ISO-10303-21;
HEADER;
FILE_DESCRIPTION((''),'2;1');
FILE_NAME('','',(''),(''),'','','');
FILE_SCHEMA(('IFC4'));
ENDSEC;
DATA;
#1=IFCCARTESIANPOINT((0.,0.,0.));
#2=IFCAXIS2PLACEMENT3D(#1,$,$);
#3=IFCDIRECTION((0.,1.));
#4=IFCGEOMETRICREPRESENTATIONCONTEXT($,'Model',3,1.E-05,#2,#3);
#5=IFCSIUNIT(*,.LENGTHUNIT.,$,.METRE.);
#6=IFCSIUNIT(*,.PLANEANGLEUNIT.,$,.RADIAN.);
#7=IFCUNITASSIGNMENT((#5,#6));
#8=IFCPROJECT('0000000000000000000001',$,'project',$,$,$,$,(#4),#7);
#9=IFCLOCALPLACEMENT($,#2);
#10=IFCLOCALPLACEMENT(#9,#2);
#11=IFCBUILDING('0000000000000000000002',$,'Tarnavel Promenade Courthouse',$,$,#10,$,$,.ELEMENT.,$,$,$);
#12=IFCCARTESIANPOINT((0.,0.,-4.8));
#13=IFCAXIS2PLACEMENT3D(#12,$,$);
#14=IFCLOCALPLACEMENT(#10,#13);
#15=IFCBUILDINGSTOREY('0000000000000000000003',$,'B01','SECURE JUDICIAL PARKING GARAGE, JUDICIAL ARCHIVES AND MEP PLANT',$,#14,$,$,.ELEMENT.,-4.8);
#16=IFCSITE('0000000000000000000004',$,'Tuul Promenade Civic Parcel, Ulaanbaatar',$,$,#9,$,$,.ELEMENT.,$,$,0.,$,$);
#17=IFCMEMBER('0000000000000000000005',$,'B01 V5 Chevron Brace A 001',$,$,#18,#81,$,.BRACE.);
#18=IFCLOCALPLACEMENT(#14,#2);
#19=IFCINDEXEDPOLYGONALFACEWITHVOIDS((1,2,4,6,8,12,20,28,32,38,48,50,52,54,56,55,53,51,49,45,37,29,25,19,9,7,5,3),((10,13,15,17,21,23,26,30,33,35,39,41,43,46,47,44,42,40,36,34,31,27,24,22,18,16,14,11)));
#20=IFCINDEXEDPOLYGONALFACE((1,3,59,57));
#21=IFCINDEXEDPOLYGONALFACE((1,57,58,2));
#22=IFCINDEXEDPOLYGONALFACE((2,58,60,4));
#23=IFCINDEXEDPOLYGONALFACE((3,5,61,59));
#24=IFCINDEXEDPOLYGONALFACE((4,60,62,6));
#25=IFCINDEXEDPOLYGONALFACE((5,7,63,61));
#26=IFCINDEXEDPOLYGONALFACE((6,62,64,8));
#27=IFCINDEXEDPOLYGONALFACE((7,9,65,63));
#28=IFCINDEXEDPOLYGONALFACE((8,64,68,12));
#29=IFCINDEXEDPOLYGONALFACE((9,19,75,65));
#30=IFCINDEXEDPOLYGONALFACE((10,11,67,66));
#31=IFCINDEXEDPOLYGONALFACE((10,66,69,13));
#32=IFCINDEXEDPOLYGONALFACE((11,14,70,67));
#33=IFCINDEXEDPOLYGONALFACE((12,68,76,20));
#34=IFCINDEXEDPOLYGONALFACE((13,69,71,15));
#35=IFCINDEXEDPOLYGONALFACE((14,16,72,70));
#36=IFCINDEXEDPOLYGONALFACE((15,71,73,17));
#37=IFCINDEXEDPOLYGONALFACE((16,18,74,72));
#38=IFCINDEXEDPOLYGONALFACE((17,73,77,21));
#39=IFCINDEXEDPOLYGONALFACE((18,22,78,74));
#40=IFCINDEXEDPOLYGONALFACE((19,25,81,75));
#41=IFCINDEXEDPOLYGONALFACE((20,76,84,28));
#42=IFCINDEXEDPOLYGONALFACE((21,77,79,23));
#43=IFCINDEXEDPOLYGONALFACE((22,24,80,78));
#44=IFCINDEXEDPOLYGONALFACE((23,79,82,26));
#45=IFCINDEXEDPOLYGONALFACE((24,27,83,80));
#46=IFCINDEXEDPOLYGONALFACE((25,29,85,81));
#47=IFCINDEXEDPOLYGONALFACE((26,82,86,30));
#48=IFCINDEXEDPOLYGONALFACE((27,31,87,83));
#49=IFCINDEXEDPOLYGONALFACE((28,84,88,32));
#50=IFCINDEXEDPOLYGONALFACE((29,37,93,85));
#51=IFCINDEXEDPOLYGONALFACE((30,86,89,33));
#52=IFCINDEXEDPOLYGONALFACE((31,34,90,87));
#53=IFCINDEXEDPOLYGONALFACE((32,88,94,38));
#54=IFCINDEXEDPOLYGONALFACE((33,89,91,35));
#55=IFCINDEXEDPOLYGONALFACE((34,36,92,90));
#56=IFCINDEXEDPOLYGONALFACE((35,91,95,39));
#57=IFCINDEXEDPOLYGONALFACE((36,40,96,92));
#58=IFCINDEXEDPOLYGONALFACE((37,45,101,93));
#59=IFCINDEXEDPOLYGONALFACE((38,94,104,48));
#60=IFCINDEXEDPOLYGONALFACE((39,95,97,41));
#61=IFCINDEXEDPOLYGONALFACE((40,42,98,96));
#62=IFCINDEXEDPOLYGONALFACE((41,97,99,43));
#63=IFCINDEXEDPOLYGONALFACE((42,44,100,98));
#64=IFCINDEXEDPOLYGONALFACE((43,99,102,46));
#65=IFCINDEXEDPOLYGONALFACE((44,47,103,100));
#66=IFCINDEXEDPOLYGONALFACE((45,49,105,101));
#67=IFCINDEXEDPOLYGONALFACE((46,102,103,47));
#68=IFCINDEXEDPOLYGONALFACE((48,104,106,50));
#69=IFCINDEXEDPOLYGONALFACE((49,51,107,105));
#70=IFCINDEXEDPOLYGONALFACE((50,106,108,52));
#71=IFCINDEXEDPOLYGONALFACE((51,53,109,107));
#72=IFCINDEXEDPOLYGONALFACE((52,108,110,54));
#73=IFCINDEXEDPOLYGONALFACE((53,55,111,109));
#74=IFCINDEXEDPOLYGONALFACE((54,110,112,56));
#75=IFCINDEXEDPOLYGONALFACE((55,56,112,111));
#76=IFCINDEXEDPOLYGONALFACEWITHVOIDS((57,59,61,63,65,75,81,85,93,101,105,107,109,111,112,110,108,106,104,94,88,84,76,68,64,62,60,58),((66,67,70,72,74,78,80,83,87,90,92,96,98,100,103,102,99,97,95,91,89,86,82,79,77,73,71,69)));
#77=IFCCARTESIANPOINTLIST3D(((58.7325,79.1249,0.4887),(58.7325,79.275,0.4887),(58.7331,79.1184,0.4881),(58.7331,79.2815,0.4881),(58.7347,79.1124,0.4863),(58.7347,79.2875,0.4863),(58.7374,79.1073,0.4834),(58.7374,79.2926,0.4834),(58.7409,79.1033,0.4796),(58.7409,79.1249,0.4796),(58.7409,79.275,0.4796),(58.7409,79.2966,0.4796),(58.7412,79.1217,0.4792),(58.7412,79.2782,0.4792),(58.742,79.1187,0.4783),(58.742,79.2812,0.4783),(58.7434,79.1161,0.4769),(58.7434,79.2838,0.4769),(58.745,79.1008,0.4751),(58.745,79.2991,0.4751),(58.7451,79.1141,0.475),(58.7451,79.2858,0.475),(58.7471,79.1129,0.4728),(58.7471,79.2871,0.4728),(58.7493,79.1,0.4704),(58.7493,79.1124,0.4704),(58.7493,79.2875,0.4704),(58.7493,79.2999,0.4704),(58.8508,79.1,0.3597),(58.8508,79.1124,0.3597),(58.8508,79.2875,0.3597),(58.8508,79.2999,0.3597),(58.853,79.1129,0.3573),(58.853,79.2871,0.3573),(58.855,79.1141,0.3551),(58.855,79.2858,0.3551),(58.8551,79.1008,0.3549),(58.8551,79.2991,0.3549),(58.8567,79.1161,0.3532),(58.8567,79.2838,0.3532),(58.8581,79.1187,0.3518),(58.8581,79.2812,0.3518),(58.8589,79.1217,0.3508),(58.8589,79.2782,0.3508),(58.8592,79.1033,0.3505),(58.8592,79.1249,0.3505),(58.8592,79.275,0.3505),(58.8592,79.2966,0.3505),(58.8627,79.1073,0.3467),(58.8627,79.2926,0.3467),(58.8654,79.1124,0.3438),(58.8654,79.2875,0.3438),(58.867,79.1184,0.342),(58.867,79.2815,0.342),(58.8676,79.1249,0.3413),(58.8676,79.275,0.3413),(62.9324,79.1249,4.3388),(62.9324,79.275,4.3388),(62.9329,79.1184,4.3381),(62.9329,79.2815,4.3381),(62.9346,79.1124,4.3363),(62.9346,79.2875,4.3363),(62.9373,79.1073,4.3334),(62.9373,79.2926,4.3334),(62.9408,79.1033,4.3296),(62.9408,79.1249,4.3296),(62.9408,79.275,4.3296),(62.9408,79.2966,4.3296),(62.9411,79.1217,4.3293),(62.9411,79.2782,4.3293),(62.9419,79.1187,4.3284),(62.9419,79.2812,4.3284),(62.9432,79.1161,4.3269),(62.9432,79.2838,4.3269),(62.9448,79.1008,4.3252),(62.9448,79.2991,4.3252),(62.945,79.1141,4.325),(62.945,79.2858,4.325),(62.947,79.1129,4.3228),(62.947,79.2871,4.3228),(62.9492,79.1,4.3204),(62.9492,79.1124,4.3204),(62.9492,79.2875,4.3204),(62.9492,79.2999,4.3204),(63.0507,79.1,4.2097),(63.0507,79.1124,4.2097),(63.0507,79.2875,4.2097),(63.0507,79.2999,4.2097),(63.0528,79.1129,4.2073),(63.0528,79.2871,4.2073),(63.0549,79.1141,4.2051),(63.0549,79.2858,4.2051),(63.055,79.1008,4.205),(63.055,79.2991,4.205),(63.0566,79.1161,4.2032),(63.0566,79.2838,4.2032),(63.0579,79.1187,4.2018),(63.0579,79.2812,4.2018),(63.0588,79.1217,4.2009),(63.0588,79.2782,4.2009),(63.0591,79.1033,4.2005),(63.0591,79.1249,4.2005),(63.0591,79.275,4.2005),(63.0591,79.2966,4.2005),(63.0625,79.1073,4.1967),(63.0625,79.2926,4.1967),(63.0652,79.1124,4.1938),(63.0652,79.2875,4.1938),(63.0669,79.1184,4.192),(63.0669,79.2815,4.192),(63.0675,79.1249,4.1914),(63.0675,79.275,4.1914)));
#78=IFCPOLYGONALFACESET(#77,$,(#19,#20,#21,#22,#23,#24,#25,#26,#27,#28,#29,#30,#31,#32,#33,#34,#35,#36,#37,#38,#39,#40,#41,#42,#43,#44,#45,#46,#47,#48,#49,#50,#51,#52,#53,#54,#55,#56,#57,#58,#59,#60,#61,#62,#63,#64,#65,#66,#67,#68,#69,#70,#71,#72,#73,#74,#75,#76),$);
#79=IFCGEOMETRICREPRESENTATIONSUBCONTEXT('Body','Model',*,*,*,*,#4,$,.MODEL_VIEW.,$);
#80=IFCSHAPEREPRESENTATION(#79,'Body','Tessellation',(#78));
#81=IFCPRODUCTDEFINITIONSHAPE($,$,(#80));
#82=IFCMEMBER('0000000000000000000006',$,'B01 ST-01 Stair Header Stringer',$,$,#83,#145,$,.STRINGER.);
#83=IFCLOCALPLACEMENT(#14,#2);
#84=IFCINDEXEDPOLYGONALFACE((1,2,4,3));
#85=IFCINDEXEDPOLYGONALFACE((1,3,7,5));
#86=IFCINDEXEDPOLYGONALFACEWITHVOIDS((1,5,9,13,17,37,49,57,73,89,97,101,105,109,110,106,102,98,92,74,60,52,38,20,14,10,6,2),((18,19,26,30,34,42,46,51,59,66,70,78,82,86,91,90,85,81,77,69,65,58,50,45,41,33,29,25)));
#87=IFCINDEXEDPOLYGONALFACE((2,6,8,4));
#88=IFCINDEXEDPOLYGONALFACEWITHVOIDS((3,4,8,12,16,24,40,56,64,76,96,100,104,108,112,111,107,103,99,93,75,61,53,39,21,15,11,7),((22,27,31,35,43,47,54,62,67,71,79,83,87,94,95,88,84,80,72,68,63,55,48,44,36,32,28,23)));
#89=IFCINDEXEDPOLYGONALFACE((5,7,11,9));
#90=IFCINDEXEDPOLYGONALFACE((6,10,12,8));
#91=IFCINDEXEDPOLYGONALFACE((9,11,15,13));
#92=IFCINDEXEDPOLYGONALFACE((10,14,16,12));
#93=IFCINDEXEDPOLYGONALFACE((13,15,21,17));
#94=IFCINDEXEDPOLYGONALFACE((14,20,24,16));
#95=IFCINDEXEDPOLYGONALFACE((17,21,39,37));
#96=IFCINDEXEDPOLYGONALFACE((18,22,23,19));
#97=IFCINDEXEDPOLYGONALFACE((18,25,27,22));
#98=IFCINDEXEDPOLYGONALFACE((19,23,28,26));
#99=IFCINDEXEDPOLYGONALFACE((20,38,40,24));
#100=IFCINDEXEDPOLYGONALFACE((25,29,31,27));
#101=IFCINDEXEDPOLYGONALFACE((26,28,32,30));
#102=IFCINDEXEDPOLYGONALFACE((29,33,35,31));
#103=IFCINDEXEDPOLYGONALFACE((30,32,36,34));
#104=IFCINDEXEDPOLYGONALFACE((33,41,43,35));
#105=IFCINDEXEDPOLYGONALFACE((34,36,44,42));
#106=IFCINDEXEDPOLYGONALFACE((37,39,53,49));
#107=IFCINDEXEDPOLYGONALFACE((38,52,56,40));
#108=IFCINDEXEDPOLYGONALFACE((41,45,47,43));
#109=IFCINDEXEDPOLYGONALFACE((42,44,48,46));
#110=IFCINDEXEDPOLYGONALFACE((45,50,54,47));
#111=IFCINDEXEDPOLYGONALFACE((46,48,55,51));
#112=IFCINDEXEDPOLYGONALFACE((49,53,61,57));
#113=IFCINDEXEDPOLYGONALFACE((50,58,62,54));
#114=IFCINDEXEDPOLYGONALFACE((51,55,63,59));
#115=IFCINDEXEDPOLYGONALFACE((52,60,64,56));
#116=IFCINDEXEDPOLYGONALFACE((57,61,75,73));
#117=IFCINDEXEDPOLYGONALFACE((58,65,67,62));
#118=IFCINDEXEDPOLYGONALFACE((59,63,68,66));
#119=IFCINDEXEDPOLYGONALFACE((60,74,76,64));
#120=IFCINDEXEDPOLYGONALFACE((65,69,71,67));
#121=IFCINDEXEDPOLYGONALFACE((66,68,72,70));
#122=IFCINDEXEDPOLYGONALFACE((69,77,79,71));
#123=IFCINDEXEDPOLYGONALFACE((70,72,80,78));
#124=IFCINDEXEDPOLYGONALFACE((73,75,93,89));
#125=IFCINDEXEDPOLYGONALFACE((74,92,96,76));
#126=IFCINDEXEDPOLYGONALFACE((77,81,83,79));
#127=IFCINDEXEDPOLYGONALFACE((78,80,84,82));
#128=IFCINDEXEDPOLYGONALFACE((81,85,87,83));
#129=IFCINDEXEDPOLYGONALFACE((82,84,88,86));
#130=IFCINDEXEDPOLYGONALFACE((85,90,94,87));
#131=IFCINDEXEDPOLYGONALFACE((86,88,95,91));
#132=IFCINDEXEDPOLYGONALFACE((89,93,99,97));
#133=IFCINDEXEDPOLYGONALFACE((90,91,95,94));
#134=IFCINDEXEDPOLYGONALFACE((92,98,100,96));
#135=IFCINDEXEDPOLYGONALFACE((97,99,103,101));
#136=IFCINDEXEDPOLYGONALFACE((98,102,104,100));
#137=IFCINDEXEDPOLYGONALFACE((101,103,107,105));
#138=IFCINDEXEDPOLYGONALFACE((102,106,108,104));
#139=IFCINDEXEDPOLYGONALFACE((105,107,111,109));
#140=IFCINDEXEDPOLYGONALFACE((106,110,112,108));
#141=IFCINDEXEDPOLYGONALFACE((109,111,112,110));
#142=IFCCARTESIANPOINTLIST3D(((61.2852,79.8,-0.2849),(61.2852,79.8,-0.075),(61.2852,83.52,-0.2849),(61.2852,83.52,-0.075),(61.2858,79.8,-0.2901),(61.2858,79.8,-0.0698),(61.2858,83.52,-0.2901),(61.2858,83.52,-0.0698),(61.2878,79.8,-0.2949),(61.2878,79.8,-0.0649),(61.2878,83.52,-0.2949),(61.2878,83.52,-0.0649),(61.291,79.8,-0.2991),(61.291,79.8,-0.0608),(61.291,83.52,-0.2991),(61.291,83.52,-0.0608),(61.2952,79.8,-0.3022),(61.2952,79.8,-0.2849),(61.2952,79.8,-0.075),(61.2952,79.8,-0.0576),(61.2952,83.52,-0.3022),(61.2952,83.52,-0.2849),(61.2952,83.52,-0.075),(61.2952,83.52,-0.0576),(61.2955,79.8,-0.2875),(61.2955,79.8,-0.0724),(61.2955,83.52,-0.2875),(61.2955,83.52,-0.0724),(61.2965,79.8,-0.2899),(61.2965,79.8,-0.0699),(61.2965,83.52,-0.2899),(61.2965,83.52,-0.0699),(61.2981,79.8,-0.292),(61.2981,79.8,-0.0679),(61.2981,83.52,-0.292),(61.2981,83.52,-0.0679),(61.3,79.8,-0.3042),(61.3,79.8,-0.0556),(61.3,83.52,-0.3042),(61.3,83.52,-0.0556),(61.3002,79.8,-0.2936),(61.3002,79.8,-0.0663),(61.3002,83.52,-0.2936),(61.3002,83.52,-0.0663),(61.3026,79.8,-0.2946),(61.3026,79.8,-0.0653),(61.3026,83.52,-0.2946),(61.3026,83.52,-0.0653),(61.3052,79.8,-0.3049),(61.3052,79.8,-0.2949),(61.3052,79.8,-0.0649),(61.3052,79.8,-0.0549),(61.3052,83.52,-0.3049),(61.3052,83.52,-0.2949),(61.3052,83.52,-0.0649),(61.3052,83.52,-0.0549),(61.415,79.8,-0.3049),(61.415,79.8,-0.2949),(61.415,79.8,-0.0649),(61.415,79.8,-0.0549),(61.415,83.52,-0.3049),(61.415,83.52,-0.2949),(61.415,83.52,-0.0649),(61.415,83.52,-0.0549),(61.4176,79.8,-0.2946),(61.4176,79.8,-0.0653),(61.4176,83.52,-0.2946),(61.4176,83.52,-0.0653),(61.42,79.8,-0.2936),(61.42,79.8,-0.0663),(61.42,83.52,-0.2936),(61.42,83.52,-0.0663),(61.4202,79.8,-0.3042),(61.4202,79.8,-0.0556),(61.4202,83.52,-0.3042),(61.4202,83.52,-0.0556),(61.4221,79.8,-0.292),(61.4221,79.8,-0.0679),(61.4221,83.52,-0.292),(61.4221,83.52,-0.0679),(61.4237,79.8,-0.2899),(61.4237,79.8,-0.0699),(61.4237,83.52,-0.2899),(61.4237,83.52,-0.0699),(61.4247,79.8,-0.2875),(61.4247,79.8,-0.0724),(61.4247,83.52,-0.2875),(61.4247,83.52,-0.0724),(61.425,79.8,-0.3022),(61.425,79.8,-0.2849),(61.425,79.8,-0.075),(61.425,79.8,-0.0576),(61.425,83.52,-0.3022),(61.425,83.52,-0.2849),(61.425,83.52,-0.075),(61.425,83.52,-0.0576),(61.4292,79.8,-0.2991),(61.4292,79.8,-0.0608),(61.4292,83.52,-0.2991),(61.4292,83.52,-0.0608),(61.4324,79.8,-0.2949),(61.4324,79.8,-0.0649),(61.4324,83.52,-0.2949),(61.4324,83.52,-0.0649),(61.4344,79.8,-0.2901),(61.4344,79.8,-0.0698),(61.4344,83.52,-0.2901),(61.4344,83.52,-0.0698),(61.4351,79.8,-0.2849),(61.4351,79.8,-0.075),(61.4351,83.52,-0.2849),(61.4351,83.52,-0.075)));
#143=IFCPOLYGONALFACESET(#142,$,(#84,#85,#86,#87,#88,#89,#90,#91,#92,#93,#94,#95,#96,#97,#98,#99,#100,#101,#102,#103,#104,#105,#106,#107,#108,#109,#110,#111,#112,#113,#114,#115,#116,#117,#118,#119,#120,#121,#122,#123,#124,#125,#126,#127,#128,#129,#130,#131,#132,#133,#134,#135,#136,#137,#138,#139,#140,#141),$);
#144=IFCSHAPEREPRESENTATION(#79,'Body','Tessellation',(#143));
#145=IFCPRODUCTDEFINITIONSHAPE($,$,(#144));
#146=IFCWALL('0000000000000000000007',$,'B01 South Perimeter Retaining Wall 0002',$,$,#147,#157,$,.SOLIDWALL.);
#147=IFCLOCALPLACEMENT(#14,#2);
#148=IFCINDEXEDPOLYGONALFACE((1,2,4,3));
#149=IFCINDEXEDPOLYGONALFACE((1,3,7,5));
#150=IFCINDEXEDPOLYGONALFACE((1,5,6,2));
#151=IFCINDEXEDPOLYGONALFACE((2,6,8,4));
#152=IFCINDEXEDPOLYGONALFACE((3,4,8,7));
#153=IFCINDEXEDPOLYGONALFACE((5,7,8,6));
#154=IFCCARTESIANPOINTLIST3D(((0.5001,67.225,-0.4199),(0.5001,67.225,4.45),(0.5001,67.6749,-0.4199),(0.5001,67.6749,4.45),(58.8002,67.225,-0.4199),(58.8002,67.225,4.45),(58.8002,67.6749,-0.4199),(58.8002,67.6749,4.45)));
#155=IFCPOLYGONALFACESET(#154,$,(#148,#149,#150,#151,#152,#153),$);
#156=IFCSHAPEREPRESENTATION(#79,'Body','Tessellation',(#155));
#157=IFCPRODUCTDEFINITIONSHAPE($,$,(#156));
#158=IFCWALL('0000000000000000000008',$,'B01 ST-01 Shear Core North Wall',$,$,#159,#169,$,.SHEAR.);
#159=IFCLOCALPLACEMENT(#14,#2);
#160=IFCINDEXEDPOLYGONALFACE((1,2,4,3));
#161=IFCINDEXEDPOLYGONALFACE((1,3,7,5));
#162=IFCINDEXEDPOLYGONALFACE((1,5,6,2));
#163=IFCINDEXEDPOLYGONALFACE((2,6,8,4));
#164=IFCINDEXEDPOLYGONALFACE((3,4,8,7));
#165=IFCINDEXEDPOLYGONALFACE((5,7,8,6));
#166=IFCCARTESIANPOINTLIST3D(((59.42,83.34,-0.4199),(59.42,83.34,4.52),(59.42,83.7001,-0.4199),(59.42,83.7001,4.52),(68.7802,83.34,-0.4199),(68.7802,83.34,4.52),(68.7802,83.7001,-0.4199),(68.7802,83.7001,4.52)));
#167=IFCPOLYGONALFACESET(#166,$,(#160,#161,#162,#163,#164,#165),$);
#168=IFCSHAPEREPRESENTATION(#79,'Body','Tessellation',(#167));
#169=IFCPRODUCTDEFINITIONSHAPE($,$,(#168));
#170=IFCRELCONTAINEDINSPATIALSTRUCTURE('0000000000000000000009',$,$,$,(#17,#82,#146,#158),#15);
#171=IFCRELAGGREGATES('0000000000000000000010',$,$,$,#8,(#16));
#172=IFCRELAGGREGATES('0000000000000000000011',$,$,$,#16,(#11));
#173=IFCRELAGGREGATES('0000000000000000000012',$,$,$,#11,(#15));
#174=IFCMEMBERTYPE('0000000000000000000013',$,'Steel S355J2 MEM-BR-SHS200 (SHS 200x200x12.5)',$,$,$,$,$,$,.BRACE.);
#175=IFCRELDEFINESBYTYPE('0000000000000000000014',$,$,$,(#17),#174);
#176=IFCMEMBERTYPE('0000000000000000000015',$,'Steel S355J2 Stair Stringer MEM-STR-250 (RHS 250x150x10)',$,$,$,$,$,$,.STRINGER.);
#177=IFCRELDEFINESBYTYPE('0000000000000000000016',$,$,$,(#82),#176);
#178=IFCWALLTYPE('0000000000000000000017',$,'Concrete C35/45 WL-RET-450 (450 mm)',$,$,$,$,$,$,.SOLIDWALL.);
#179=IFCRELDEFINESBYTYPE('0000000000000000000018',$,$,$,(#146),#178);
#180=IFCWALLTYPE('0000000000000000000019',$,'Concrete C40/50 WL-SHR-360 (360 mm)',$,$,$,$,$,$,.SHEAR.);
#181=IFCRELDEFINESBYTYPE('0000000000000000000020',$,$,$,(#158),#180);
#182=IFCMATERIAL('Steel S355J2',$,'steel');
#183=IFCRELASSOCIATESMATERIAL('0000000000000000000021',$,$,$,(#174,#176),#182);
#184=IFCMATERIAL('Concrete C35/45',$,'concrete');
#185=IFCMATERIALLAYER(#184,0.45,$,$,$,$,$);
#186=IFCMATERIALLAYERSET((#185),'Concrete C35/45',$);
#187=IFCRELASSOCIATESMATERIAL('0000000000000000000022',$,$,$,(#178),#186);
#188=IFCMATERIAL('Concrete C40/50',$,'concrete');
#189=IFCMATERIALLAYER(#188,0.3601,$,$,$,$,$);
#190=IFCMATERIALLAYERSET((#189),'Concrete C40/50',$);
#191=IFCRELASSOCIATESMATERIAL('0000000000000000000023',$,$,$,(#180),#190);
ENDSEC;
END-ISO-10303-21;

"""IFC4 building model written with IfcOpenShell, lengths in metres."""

from ifc_helpers import new_model, si_unit, direction, frame, frame_2d, origin, origin_2d, place, context, subcontext, project, spatial, rectangle, hollow_rectangle, extrude, material, layer, layer_set, material_profile, profile_set, type_object, element, save


model = new_model("IFC4")

# Units and contexts
model_context = context("Model", 3, precision=1e-05, world=origin(), true_north=direction((0.0, 1.0)))
body_context = subcontext(model_context, "Body", "Model", "MODEL_VIEW")
ifc_project = project(units=[si_unit("LENGTHUNIT", "METRE"), si_unit("PLANEANGLEUNIT", "RADIAN")], contexts=[model_context])

# Site, building, storey
site_placement = place(None, origin())
site = spatial("IfcSite", under=ifc_project, at=site_placement, Name="Tuul Promenade Civic Parcel, Ulaanbaatar", CompositionType="ELEMENT", RefElevation=0.0)
building_placement = place(site_placement, origin())
building = spatial("IfcBuilding", under=site, at=building_placement, Name="Tarnavel Promenade Courthouse", CompositionType="ELEMENT")
storey_placement = place(building_placement, frame((0.0, 0.0, -4.8)))
storey = spatial("IfcBuildingStorey", under=building, at=storey_placement, Name="B01", Description="SECURE JUDICIAL PARKING GARAGE, JUDICIAL ARCHIVES AND MEP PLANT", CompositionType="ELEMENT", Elevation=-4.8)

# Shared definitions
ifc_material_1 = material(Name="Concrete C35/45", Category="concrete")

# Shared definitions
ifc_material_2 = material(Name="Concrete C40/50", Category="concrete")

# Shared definitions
ifc_material_3 = material(Name="Steel S355J2", Category="steel")

# Members
ifc_material_profile_1 = material_profile(ifc_material_3, hollow_rectangle(XDim=0.2, YDim=0.2, WallThickness=0.0125, InnerFilletRadius=0.0125, OuterFilletRadius=0.0249, at=origin_2d()), Name="SHS 200x200x12.5")
ifc_profile_set_1 = profile_set([ifc_material_profile_1], Name="Steel S355J2")
member_type_1 = type_object("IfcMemberType", Name="Steel S355J2 MEM-BR-SHS200 (SHS 200x200x12.5)", PredefinedType="BRACE", material=ifc_profile_set_1)
member_1_placement = place(storey_placement, frame((58.8, 79.2, 0.415), z_axis=(0.737142, 0.0, 0.675738), x_axis=(0.0, 1.0, 0.0)))
element("IfcMember", 1, at=member_1_placement, inside=storey, type_object=member_type_1, Name="B01 V5 Chevron Brace A 001", PredefinedType="BRACE", context=body_context, shape_type="SweptSolid", body=[
    extrude(hollow_rectangle(XDim=0.2, YDim=0.2, WallThickness=0.0125, InnerFilletRadius=0.0125, OuterFilletRadius=0.0249, at=origin_2d()), origin(), (0.0, 0.0, 1.0), 5.6975),
])
ifc_material_profile_2 = material_profile(ifc_material_3, hollow_rectangle(XDim=0.1499, YDim=0.25, WallThickness=0.01, InnerFilletRadius=0.01, OuterFilletRadius=0.02, at=origin_2d()), Name="RHS 250x150x10")
ifc_profile_set_2 = profile_set([ifc_material_profile_2], Name="Steel S355J2")
member_type_2 = type_object("IfcMemberType", Name="Steel S355J2 Stair Stringer MEM-STR-250 (RHS 250x150x10)", PredefinedType="STRINGER", material=ifc_profile_set_2)
member_2_placement = place(storey_placement, frame((61.3601, 79.8, -0.1799), z_axis=(0.0, 1.0, 0.0), x_axis=(-1.0, 0.0, 0.0)))
element("IfcMember", 2, at=member_2_placement, inside=storey, type_object=member_type_2, Name="B01 ST-01 Stair Header Stringer", PredefinedType="STRINGER", context=body_context, shape_type="SweptSolid", body=[
    extrude(hollow_rectangle(XDim=0.1499, YDim=0.25, WallThickness=0.01, InnerFilletRadius=0.01, OuterFilletRadius=0.02, at=origin_2d()), origin(), (0.0, 0.0, 1.0), 3.72),
])

# Walls
ifc_layer_1 = layer(ifc_material_1, 0.45)
ifc_layer_set_1 = layer_set([ifc_layer_1], Name="Concrete C35/45")
wall_type_1 = type_object("IfcWallType", Name="Concrete C35/45 WL-RET-450 (450 mm)", PredefinedType="SOLIDWALL", material=ifc_layer_set_1)
wall_1_placement = place(storey_placement, frame((58.8, 67.45, -0.4199), z_axis=(0.0, 0.0, 1.0), x_axis=(-1.0, 0.0, 0.0)))
element("IfcWall", 3, at=wall_1_placement, inside=storey, type_object=wall_type_1, Name="B01 South Perimeter Retaining Wall 0002", PredefinedType="SOLIDWALL", context=body_context, shape_type="SweptSolid", body=[
    extrude(rectangle(XDim=58.3, YDim=0.45, at=frame_2d((29.1499, 0.0))), origin(), (0.0, 0.0, 1.0), 4.8699),
])
ifc_layer_2 = layer(ifc_material_2, 0.3601)
ifc_layer_set_2 = layer_set([ifc_layer_2], Name="Concrete C40/50")
wall_type_2 = type_object("IfcWallType", Name="Concrete C40/50 WL-SHR-360 (360 mm)", PredefinedType="SHEAR", material=ifc_layer_set_2)
wall_2_placement = place(storey_placement, frame((59.4199, 83.52, -0.4199), z_axis=(0.0, 0.0, 1.0), x_axis=(1.0, 0.0, 0.0)))
element("IfcWall", 4, at=wall_2_placement, inside=storey, type_object=wall_type_2, Name="B01 ST-01 Shear Core North Wall", PredefinedType="SHEAR", context=body_context, shape_type="SweptSolid", body=[
    extrude(rectangle(XDim=9.3601, YDim=0.3601, at=frame_2d((4.6802, 0.0))), origin(), (0.0, 0.0, 1.0), 4.9399),
])

save(model, "model.ifc")
